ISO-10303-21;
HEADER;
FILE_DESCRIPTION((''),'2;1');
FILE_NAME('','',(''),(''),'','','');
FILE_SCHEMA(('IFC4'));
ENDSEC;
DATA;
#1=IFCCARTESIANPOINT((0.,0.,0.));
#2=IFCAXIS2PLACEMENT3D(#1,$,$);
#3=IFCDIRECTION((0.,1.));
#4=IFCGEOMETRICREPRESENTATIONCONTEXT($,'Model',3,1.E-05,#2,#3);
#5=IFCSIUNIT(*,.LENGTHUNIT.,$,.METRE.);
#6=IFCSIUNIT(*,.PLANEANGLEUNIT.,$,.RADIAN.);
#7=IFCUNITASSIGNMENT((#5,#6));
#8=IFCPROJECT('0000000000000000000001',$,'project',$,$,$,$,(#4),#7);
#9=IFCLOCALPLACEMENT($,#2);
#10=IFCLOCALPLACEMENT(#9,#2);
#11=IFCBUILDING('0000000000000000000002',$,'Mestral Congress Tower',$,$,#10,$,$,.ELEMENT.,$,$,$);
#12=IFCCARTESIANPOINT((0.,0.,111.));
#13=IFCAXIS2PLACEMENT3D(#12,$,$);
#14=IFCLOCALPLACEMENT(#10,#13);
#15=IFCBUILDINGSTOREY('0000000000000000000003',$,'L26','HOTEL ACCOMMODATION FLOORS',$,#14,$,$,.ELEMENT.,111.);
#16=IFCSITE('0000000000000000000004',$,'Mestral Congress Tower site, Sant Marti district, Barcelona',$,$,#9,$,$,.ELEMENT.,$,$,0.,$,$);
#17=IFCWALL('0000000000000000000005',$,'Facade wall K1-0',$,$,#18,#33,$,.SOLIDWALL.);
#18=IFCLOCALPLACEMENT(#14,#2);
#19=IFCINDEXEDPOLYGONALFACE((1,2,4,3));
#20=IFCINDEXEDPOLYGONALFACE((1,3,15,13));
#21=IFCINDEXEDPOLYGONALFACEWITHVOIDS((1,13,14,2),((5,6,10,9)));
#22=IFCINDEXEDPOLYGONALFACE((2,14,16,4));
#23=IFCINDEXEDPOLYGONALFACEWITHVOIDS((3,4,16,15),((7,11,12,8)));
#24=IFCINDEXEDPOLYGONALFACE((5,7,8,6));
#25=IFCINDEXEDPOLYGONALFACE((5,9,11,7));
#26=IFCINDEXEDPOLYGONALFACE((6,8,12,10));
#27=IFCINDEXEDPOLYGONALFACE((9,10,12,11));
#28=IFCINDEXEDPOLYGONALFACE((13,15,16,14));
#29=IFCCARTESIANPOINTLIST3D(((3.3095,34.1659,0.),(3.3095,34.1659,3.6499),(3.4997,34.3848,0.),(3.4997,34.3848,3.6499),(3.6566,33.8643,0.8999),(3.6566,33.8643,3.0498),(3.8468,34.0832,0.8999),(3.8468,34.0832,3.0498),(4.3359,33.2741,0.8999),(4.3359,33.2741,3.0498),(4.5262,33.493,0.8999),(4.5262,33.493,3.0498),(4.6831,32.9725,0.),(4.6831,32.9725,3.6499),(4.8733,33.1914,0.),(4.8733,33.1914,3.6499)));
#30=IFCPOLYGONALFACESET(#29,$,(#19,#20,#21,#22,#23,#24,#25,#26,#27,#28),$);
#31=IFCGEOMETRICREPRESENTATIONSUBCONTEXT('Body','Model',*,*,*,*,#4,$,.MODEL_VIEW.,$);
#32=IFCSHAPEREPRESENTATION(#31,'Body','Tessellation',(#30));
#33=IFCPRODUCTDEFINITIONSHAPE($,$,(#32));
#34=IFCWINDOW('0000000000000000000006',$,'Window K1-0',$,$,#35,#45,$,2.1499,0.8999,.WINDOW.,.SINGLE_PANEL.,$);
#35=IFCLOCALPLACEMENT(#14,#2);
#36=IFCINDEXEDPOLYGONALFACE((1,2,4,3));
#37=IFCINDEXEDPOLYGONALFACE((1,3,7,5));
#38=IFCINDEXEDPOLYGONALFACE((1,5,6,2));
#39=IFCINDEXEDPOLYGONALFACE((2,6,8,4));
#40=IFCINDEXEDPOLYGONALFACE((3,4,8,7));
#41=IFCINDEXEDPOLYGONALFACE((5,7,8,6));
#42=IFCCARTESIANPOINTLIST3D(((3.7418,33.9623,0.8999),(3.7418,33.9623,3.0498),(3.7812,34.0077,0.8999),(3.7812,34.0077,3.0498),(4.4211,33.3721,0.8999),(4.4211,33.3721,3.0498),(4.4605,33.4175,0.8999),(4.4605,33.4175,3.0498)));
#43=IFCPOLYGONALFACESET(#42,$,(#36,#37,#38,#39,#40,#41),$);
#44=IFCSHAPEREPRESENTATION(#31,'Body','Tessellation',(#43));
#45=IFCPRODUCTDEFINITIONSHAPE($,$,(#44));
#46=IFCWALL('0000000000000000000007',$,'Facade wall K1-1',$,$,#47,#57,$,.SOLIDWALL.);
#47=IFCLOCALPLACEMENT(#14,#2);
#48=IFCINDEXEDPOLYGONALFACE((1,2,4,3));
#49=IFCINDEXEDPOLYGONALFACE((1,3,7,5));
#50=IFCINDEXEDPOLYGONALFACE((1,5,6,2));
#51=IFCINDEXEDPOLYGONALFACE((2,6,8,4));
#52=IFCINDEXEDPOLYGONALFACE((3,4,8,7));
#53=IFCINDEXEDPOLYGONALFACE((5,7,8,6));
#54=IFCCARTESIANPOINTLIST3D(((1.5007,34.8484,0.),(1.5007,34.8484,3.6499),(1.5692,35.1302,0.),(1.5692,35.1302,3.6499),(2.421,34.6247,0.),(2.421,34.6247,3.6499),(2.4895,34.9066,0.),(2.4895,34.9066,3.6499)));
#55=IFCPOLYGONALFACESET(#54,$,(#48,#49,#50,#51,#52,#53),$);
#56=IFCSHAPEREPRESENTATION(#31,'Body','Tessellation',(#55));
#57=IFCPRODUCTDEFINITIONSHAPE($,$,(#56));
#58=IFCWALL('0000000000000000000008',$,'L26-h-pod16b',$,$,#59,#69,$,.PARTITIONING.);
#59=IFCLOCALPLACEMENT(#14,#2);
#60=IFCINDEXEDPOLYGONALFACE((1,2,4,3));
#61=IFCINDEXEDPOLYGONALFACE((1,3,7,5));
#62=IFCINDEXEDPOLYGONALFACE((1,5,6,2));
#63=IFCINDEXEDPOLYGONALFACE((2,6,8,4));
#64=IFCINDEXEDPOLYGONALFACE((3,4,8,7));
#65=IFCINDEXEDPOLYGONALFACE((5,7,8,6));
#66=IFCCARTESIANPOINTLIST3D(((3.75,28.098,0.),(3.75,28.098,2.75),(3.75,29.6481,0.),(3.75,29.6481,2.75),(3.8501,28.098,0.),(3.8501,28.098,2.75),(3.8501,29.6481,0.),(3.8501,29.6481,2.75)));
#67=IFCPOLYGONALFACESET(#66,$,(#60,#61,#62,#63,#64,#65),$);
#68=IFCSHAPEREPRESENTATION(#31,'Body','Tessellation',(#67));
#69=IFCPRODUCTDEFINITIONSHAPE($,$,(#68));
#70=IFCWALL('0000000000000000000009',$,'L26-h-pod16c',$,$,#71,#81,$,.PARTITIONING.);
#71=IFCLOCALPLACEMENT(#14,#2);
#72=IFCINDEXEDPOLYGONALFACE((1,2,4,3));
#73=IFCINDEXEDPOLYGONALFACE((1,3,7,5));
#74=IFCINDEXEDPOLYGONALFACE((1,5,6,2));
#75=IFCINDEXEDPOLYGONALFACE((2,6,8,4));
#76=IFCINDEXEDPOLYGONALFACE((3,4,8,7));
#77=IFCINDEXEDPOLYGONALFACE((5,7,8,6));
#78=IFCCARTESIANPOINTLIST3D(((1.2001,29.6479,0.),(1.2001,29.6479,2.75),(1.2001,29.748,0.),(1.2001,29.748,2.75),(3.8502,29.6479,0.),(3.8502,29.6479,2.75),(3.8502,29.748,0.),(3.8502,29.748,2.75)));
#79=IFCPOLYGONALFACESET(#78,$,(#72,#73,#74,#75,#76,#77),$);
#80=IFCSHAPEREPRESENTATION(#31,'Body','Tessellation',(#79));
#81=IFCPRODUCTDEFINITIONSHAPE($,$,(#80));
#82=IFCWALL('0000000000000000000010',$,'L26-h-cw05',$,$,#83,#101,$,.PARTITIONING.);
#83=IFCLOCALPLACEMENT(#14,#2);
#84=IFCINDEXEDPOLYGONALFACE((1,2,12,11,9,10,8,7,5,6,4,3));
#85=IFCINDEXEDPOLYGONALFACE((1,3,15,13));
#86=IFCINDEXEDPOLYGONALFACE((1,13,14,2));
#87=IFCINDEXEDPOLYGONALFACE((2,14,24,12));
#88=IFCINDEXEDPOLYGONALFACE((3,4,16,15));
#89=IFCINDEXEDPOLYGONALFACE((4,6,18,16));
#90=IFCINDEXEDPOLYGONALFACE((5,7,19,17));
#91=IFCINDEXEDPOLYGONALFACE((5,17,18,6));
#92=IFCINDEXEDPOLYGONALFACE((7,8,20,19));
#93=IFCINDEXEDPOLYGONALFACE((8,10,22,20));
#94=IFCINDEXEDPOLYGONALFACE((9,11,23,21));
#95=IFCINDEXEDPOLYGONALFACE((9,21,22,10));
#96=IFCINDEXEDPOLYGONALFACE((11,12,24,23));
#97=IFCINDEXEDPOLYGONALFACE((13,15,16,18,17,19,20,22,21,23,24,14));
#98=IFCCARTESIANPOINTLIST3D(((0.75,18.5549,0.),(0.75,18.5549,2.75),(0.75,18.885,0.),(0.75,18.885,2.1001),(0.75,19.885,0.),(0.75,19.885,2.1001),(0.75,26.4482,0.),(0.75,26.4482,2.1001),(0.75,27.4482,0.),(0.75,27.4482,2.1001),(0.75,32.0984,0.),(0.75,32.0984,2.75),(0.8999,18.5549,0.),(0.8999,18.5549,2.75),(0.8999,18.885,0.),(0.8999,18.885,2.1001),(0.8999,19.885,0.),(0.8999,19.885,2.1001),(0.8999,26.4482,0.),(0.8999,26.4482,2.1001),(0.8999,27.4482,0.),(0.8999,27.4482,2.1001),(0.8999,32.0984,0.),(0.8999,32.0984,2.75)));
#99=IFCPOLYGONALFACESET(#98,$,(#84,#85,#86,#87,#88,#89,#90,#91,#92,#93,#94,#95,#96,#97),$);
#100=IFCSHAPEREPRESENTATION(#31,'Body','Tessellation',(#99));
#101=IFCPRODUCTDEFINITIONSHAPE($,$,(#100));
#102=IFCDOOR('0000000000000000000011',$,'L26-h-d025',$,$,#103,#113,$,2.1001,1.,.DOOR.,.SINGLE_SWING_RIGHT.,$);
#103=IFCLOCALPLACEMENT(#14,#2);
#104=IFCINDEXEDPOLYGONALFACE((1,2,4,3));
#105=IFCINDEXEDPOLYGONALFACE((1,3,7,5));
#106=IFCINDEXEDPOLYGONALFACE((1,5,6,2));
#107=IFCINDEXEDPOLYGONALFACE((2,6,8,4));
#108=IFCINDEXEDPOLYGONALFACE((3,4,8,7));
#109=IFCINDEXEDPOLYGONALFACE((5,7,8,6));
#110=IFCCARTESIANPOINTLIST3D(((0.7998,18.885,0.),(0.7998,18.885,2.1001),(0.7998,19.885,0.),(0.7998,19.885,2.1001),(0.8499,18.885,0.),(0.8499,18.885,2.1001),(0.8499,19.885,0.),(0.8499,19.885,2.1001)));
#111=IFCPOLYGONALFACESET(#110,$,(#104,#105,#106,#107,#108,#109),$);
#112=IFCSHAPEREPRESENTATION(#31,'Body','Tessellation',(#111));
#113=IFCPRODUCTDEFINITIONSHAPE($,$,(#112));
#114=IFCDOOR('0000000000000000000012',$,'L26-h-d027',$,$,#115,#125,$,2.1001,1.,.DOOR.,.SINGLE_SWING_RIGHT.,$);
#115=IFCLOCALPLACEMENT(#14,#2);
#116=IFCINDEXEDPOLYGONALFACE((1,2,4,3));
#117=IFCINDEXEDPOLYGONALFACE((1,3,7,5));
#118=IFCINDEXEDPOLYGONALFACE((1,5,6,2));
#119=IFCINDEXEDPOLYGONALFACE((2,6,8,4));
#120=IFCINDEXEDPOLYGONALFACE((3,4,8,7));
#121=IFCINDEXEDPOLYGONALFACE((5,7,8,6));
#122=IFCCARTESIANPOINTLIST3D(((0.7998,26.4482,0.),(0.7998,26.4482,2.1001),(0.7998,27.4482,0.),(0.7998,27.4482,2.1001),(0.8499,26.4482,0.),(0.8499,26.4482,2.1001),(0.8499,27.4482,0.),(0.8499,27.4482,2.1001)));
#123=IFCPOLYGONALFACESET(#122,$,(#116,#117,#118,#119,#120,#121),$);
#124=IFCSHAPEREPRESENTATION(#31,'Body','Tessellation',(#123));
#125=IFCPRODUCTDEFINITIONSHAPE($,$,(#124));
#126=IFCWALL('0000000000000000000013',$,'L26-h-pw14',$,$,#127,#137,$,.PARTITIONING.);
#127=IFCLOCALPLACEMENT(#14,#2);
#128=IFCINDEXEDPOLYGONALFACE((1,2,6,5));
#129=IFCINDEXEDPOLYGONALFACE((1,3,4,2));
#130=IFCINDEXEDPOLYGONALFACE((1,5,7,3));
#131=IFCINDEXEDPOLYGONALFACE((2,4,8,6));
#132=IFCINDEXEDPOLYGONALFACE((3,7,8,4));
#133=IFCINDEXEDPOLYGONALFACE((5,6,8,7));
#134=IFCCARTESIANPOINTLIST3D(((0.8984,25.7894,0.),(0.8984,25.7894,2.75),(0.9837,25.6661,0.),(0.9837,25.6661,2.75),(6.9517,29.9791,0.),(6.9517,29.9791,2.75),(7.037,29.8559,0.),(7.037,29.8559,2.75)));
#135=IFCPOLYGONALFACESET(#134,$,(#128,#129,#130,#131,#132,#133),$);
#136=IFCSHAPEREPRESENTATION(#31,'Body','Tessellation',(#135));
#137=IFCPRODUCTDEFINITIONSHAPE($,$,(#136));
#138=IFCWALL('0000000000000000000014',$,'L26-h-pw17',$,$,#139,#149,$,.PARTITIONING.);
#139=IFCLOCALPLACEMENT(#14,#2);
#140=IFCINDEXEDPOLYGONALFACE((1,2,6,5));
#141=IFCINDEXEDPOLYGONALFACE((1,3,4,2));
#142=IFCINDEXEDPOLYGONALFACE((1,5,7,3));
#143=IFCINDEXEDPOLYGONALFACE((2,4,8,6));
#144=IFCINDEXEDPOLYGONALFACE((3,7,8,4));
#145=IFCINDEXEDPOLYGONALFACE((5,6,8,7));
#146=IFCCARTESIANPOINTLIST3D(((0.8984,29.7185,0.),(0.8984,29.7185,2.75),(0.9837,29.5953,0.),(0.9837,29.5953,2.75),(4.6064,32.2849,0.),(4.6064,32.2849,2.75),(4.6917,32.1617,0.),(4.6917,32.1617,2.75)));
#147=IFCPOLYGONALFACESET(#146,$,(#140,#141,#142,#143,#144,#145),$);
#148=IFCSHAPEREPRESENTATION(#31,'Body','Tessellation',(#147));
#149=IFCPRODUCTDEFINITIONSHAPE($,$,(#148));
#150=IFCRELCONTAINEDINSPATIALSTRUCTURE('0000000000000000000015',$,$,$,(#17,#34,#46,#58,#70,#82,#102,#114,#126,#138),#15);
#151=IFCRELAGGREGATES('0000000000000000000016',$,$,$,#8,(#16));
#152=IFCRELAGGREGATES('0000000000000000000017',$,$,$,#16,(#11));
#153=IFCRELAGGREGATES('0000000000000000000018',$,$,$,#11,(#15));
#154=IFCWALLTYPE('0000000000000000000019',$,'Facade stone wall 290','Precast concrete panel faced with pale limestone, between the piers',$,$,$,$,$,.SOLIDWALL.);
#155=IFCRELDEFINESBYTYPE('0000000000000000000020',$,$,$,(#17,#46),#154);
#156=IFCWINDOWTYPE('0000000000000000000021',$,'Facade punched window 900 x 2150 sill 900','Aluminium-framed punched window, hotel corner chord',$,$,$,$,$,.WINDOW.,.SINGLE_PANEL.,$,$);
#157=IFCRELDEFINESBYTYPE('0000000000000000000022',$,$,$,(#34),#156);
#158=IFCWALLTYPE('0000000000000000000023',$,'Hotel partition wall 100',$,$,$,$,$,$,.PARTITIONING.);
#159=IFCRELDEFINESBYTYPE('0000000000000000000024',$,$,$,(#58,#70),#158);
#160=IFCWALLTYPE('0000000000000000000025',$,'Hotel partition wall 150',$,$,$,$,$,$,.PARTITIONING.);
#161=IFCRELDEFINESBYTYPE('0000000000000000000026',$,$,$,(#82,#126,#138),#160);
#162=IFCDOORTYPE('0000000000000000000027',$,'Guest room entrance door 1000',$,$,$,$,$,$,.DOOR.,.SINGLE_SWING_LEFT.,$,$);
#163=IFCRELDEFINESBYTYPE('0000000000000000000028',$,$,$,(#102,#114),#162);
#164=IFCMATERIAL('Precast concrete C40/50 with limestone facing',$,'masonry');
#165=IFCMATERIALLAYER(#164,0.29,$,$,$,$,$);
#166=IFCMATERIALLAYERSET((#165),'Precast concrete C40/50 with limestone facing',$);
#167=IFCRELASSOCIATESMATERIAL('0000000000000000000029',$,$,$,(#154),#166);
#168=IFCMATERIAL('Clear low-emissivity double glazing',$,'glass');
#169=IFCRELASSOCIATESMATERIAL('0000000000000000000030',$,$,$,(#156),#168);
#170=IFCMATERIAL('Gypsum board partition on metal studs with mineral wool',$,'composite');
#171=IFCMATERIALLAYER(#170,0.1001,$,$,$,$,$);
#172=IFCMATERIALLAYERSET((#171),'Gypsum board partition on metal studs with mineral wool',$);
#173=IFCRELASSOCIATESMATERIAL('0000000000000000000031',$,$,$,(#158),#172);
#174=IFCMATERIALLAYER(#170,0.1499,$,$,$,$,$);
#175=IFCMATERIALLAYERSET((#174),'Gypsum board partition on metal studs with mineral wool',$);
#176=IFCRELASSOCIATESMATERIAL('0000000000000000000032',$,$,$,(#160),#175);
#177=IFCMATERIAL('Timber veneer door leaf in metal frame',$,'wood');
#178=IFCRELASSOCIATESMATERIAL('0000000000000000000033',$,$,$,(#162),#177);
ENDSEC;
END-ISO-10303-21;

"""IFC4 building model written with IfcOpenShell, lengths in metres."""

from ifc_helpers import new_model, si_unit, direction, frame, frame_2d, origin, place, context, subcontext, project, spatial, rectangle, extrude, material, layer, layer_set, type_object, element, fill, save


model = new_model("IFC4")

# Units and contexts
model_context = context("Model", 3, precision=1e-05, world=origin(), true_north=direction((0.0, 1.0)))
body_context = subcontext(model_context, "Body", "Model", "MODEL_VIEW")
ifc_project = project(units=[si_unit("LENGTHUNIT", "METRE"), si_unit("PLANEANGLEUNIT", "RADIAN")], contexts=[model_context])

# Site, building, storey
site_placement = place(None, origin())
site = spatial("IfcSite", under=ifc_project, at=site_placement, Name="Mestral Congress Tower site, Sant Marti district, Barcelona", CompositionType="ELEMENT", RefElevation=0.0)
building_placement = place(site_placement, origin())
building = spatial("IfcBuilding", under=site, at=building_placement, Name="Mestral Congress Tower", CompositionType="ELEMENT")
storey_placement = place(building_placement, frame((0.0, 0.0, 111.0)))
storey = spatial("IfcBuildingStorey", under=building, at=storey_placement, Name="L26", Description="HOTEL ACCOMMODATION FLOORS", CompositionType="ELEMENT", Elevation=111.0)

# Wall, opening, window
ifc_material_1 = material(Name="Precast concrete C40/50 with limestone facing", Category="masonry")
ifc_layer_1 = layer(ifc_material_1, 0.29)
ifc_layer_set_1 = layer_set([ifc_layer_1], Name="Precast concrete C40/50 with limestone facing")
wall_type_1 = type_object("IfcWallType", Name="Facade stone wall 290", Description="Precast concrete panel faced with pale limestone, between the piers", PredefinedType="SOLIDWALL", material=ifc_layer_set_1)
wall_1_placement = place(storey_placement, frame((4.7781, 33.082, 0.0), z_axis=(0.0, 0.0, 1.0), x_axis=(-0.754883, 0.65586, 0.0)))
wall_1 = element("IfcWall", 1, at=wall_1_placement, inside=storey, type_object=wall_type_1, Name="Facade wall K1-0", PredefinedType="SOLIDWALL", context=body_context, shape_type="SweptSolid", body=[
    extrude(rectangle(XDim=1.8196, YDim=0.29, at=frame_2d((0.9097, 0.0))), origin(), (0.0, 0.0, 1.0), 3.6499),
])
opening_1_placement = place(wall_1_placement, frame((0.4597, 0.0, 0.8999)))
opening_1 = element("IfcOpeningElement", 2, at=opening_1_placement, cuts=wall_1, PredefinedType="OPENING", context=body_context, shape_type="SweptSolid", body=[
    extrude(rectangle(XDim=0.8999, YDim=2.1499, at=frame_2d((0.45, 1.075))), frame((0.0, 0.155, 0.0), z_axis=(0.0, -1.0, 0.0), x_axis=(1.0, 0.0, 0.0)), (0.0, 0.0, 1.0), 0.3101),
])
ifc_material_2 = material(Name="Clear low-emissivity double glazing", Category="glass")
window_type = type_object("IfcWindowType", Name="Facade punched window 900 x 2150 sill 900", Description="Aluminium-framed punched window, hotel corner chord", PartitioningType="SINGLE_PANEL", PredefinedType="WINDOW", material=ifc_material_2)
window_placement = place(opening_1_placement, origin())
window = element("IfcWindow", 3, at=window_placement, inside=storey, type_object=window_type, Name="Window K1-0", OverallHeight=2.1499, OverallWidth=0.8999, PartitioningType="SINGLE_PANEL", PredefinedType="WINDOW", context=body_context, shape_type="SweptSolid", body=[
    extrude(rectangle(XDim=0.8999, YDim=2.1499, at=frame_2d((0.45, 1.075))), frame((0.0, 0.0151, 0.0), z_axis=(0.0, -1.0, 0.0), x_axis=(1.0, 0.0, 0.0)), (0.0, 0.0, 1.0), 0.0601),
])
fill(opening_1, window)

# Walls
wall_2_placement = place(storey_placement, frame((2.4553, 34.7656, 0.0), z_axis=(0.0, 0.0, 1.0), x_axis=(-0.971714, 0.236161, 0.0)))
element("IfcWall", 4, at=wall_2_placement, inside=storey, type_object=wall_type_1, Name="Facade wall K1-1", PredefinedType="SOLIDWALL", context=body_context, shape_type="SweptSolid", body=[
    extrude(rectangle(XDim=0.947, YDim=0.29, at=frame_2d((0.4736, 0.0))), origin(), (0.0, 0.0, 1.0), 3.6499),
])
ifc_material_3 = material(Name="Gypsum board partition on metal studs with mineral wool", Category="composite")
ifc_layer_2 = layer(ifc_material_3, 0.1001)
ifc_layer_set_2 = layer_set([ifc_layer_2], Name="Gypsum board partition on metal studs with mineral wool")
wall_type_2 = type_object("IfcWallType", Name="Hotel partition wall 100", PredefinedType="PARTITIONING", material=ifc_layer_set_2)
wall_3_placement = place(storey_placement, frame((3.8, 28.0981, 0.0), z_axis=(0.0, 0.0, 1.0), x_axis=(0.0, 1.0, 0.0)))
element("IfcWall", 5, at=wall_3_placement, inside=storey, type_object=wall_type_2, Name="L26-h-pod16b", PredefinedType="PARTITIONING", context=body_context, shape_type="SweptSolid", body=[
    extrude(rectangle(XDim=1.55, YDim=0.1001, at=frame_2d((0.7749, 0.0))), origin(), (0.0, 0.0, 1.0), 2.75),
])
wall_4_placement = place(storey_placement, frame((1.2, 29.698, 0.0), z_axis=(0.0, 0.0, 1.0), x_axis=(1.0, 0.0, 0.0)))
element("IfcWall", 6, at=wall_4_placement, inside=storey, type_object=wall_type_2, Name="L26-h-pod16c", PredefinedType="PARTITIONING", context=body_context, shape_type="SweptSolid", body=[
    extrude(rectangle(XDim=2.6501, YDim=0.1001, at=frame_2d((1.3252, 0.0))), origin(), (0.0, 0.0, 1.0), 2.75),
])

# Wall, openings, doors
ifc_layer_3 = layer(ifc_material_3, 0.1499)
ifc_layer_set_3 = layer_set([ifc_layer_3], Name="Gypsum board partition on metal studs with mineral wool")
wall_type_3 = type_object("IfcWallType", Name="Hotel partition wall 150", PredefinedType="PARTITIONING", material=ifc_layer_set_3)
wall_5_placement = place(storey_placement, frame((0.825, 32.0984, 0.0), z_axis=(0.0, 0.0, 1.0), x_axis=(0.0, -1.0, 0.0)))
wall_5 = element("IfcWall", 7, at=wall_5_placement, inside=storey, type_object=wall_type_3, Name="L26-h-cw05", PredefinedType="PARTITIONING", context=body_context, shape_type="SweptSolid", body=[
    extrude(rectangle(XDim=13.5435, YDim=0.1499, at=frame_2d((6.7717, 0.0))), origin(), (0.0, 0.0, 1.0), 2.75),
])
opening_2_placement = place(wall_5_placement, frame((12.2134, 0.0, 0.0)))
opening_2 = element("IfcOpeningElement", 8, at=opening_2_placement, cuts=wall_5, PredefinedType="OPENING", context=body_context, shape_type="SweptSolid", body=[
    extrude(rectangle(XDim=1.0, YDim=2.1001, at=frame_2d((0.5, 1.05))), frame((0.0, 0.085, 0.0), z_axis=(0.0, -1.0, 0.0), x_axis=(1.0, 0.0, 0.0)), (0.0, 0.0, 1.0), 0.1699),
])
opening_3_placement = place(wall_5_placement, frame((4.6501, 0.0, 0.0)))
opening_3 = element("IfcOpeningElement", 9, at=opening_3_placement, cuts=wall_5, PredefinedType="OPENING", context=body_context, shape_type="SweptSolid", body=[
    extrude(rectangle(XDim=1.0, YDim=2.1001, at=frame_2d((0.5, 1.05))), frame((0.0, 0.085, 0.0), z_axis=(0.0, -1.0, 0.0), x_axis=(1.0, 0.0, 0.0)), (0.0, 0.0, 1.0), 0.1699),
])
ifc_material_4 = material(Name="Timber veneer door leaf in metal frame", Category="wood")
door_type = type_object("IfcDoorType", Name="Guest room entrance door 1000", OperationType="SINGLE_SWING_LEFT", PredefinedType="DOOR", material=ifc_material_4)
door_1_placement = place(opening_2_placement, origin())
door_1 = element("IfcDoor", 10, at=door_1_placement, inside=storey, type_object=door_type, Name="L26-h-d025", OperationType="SINGLE_SWING_RIGHT", OverallHeight=2.1001, OverallWidth=1.0, PredefinedType="DOOR", context=body_context, shape_type="SweptSolid", body=[
    extrude(rectangle(XDim=1.0, YDim=2.1001, at=frame_2d((0.5, 1.05))), frame((0.0, 0.0249, 0.0), z_axis=(0.0, -1.0, 0.0), x_axis=(1.0, 0.0, 0.0)), (0.0, 0.0, 1.0), 0.05),
])
fill(opening_2, door_1)
door_2_placement = place(opening_3_placement, origin())
door_2 = element("IfcDoor", 11, at=door_2_placement, inside=storey, type_object=door_type, Name="L26-h-d027", OperationType="SINGLE_SWING_RIGHT", OverallHeight=2.1001, OverallWidth=1.0, PredefinedType="DOOR", context=body_context, shape_type="SweptSolid", body=[
    extrude(rectangle(XDim=1.0, YDim=2.1001, at=frame_2d((0.5, 1.05))), frame((0.0, 0.0249, 0.0), z_axis=(0.0, -1.0, 0.0), x_axis=(1.0, 0.0, 0.0)), (0.0, 0.0, 1.0), 0.05),
])
fill(opening_3, door_2)

# Walls
wall_6_placement = place(storey_placement, frame((6.9944, 29.9175, 0.0), z_axis=(0.0, 0.0, 1.0), x_axis=(-0.822255, -0.569119, 0.0)))
element("IfcWall", 12, at=wall_6_placement, inside=storey, type_object=wall_type_3, Name="L26-h-pw14", PredefinedType="PARTITIONING", context=body_context, shape_type="SweptSolid", body=[
    extrude(rectangle(XDim=7.3618, YDim=0.1499, at=frame_2d((3.6809, 0.0))), origin(), (0.0, 0.0, 1.0), 2.75),
])
wall_7_placement = place(storey_placement, frame((4.6492, 32.2234, 0.0), z_axis=(0.0, 0.0, 1.0), x_axis=(-0.822262, -0.569109, 0.0)))
element("IfcWall", 13, at=wall_7_placement, inside=storey, type_object=wall_type_3, Name="L26-h-pw17", PredefinedType="PARTITIONING", context=body_context, shape_type="SweptSolid", body=[
    extrude(rectangle(XDim=4.5095, YDim=0.1499, at=frame_2d((2.2549, 0.0))), origin(), (0.0, 0.0, 1.0), 2.75),
])

save(model, "model.ifc")
